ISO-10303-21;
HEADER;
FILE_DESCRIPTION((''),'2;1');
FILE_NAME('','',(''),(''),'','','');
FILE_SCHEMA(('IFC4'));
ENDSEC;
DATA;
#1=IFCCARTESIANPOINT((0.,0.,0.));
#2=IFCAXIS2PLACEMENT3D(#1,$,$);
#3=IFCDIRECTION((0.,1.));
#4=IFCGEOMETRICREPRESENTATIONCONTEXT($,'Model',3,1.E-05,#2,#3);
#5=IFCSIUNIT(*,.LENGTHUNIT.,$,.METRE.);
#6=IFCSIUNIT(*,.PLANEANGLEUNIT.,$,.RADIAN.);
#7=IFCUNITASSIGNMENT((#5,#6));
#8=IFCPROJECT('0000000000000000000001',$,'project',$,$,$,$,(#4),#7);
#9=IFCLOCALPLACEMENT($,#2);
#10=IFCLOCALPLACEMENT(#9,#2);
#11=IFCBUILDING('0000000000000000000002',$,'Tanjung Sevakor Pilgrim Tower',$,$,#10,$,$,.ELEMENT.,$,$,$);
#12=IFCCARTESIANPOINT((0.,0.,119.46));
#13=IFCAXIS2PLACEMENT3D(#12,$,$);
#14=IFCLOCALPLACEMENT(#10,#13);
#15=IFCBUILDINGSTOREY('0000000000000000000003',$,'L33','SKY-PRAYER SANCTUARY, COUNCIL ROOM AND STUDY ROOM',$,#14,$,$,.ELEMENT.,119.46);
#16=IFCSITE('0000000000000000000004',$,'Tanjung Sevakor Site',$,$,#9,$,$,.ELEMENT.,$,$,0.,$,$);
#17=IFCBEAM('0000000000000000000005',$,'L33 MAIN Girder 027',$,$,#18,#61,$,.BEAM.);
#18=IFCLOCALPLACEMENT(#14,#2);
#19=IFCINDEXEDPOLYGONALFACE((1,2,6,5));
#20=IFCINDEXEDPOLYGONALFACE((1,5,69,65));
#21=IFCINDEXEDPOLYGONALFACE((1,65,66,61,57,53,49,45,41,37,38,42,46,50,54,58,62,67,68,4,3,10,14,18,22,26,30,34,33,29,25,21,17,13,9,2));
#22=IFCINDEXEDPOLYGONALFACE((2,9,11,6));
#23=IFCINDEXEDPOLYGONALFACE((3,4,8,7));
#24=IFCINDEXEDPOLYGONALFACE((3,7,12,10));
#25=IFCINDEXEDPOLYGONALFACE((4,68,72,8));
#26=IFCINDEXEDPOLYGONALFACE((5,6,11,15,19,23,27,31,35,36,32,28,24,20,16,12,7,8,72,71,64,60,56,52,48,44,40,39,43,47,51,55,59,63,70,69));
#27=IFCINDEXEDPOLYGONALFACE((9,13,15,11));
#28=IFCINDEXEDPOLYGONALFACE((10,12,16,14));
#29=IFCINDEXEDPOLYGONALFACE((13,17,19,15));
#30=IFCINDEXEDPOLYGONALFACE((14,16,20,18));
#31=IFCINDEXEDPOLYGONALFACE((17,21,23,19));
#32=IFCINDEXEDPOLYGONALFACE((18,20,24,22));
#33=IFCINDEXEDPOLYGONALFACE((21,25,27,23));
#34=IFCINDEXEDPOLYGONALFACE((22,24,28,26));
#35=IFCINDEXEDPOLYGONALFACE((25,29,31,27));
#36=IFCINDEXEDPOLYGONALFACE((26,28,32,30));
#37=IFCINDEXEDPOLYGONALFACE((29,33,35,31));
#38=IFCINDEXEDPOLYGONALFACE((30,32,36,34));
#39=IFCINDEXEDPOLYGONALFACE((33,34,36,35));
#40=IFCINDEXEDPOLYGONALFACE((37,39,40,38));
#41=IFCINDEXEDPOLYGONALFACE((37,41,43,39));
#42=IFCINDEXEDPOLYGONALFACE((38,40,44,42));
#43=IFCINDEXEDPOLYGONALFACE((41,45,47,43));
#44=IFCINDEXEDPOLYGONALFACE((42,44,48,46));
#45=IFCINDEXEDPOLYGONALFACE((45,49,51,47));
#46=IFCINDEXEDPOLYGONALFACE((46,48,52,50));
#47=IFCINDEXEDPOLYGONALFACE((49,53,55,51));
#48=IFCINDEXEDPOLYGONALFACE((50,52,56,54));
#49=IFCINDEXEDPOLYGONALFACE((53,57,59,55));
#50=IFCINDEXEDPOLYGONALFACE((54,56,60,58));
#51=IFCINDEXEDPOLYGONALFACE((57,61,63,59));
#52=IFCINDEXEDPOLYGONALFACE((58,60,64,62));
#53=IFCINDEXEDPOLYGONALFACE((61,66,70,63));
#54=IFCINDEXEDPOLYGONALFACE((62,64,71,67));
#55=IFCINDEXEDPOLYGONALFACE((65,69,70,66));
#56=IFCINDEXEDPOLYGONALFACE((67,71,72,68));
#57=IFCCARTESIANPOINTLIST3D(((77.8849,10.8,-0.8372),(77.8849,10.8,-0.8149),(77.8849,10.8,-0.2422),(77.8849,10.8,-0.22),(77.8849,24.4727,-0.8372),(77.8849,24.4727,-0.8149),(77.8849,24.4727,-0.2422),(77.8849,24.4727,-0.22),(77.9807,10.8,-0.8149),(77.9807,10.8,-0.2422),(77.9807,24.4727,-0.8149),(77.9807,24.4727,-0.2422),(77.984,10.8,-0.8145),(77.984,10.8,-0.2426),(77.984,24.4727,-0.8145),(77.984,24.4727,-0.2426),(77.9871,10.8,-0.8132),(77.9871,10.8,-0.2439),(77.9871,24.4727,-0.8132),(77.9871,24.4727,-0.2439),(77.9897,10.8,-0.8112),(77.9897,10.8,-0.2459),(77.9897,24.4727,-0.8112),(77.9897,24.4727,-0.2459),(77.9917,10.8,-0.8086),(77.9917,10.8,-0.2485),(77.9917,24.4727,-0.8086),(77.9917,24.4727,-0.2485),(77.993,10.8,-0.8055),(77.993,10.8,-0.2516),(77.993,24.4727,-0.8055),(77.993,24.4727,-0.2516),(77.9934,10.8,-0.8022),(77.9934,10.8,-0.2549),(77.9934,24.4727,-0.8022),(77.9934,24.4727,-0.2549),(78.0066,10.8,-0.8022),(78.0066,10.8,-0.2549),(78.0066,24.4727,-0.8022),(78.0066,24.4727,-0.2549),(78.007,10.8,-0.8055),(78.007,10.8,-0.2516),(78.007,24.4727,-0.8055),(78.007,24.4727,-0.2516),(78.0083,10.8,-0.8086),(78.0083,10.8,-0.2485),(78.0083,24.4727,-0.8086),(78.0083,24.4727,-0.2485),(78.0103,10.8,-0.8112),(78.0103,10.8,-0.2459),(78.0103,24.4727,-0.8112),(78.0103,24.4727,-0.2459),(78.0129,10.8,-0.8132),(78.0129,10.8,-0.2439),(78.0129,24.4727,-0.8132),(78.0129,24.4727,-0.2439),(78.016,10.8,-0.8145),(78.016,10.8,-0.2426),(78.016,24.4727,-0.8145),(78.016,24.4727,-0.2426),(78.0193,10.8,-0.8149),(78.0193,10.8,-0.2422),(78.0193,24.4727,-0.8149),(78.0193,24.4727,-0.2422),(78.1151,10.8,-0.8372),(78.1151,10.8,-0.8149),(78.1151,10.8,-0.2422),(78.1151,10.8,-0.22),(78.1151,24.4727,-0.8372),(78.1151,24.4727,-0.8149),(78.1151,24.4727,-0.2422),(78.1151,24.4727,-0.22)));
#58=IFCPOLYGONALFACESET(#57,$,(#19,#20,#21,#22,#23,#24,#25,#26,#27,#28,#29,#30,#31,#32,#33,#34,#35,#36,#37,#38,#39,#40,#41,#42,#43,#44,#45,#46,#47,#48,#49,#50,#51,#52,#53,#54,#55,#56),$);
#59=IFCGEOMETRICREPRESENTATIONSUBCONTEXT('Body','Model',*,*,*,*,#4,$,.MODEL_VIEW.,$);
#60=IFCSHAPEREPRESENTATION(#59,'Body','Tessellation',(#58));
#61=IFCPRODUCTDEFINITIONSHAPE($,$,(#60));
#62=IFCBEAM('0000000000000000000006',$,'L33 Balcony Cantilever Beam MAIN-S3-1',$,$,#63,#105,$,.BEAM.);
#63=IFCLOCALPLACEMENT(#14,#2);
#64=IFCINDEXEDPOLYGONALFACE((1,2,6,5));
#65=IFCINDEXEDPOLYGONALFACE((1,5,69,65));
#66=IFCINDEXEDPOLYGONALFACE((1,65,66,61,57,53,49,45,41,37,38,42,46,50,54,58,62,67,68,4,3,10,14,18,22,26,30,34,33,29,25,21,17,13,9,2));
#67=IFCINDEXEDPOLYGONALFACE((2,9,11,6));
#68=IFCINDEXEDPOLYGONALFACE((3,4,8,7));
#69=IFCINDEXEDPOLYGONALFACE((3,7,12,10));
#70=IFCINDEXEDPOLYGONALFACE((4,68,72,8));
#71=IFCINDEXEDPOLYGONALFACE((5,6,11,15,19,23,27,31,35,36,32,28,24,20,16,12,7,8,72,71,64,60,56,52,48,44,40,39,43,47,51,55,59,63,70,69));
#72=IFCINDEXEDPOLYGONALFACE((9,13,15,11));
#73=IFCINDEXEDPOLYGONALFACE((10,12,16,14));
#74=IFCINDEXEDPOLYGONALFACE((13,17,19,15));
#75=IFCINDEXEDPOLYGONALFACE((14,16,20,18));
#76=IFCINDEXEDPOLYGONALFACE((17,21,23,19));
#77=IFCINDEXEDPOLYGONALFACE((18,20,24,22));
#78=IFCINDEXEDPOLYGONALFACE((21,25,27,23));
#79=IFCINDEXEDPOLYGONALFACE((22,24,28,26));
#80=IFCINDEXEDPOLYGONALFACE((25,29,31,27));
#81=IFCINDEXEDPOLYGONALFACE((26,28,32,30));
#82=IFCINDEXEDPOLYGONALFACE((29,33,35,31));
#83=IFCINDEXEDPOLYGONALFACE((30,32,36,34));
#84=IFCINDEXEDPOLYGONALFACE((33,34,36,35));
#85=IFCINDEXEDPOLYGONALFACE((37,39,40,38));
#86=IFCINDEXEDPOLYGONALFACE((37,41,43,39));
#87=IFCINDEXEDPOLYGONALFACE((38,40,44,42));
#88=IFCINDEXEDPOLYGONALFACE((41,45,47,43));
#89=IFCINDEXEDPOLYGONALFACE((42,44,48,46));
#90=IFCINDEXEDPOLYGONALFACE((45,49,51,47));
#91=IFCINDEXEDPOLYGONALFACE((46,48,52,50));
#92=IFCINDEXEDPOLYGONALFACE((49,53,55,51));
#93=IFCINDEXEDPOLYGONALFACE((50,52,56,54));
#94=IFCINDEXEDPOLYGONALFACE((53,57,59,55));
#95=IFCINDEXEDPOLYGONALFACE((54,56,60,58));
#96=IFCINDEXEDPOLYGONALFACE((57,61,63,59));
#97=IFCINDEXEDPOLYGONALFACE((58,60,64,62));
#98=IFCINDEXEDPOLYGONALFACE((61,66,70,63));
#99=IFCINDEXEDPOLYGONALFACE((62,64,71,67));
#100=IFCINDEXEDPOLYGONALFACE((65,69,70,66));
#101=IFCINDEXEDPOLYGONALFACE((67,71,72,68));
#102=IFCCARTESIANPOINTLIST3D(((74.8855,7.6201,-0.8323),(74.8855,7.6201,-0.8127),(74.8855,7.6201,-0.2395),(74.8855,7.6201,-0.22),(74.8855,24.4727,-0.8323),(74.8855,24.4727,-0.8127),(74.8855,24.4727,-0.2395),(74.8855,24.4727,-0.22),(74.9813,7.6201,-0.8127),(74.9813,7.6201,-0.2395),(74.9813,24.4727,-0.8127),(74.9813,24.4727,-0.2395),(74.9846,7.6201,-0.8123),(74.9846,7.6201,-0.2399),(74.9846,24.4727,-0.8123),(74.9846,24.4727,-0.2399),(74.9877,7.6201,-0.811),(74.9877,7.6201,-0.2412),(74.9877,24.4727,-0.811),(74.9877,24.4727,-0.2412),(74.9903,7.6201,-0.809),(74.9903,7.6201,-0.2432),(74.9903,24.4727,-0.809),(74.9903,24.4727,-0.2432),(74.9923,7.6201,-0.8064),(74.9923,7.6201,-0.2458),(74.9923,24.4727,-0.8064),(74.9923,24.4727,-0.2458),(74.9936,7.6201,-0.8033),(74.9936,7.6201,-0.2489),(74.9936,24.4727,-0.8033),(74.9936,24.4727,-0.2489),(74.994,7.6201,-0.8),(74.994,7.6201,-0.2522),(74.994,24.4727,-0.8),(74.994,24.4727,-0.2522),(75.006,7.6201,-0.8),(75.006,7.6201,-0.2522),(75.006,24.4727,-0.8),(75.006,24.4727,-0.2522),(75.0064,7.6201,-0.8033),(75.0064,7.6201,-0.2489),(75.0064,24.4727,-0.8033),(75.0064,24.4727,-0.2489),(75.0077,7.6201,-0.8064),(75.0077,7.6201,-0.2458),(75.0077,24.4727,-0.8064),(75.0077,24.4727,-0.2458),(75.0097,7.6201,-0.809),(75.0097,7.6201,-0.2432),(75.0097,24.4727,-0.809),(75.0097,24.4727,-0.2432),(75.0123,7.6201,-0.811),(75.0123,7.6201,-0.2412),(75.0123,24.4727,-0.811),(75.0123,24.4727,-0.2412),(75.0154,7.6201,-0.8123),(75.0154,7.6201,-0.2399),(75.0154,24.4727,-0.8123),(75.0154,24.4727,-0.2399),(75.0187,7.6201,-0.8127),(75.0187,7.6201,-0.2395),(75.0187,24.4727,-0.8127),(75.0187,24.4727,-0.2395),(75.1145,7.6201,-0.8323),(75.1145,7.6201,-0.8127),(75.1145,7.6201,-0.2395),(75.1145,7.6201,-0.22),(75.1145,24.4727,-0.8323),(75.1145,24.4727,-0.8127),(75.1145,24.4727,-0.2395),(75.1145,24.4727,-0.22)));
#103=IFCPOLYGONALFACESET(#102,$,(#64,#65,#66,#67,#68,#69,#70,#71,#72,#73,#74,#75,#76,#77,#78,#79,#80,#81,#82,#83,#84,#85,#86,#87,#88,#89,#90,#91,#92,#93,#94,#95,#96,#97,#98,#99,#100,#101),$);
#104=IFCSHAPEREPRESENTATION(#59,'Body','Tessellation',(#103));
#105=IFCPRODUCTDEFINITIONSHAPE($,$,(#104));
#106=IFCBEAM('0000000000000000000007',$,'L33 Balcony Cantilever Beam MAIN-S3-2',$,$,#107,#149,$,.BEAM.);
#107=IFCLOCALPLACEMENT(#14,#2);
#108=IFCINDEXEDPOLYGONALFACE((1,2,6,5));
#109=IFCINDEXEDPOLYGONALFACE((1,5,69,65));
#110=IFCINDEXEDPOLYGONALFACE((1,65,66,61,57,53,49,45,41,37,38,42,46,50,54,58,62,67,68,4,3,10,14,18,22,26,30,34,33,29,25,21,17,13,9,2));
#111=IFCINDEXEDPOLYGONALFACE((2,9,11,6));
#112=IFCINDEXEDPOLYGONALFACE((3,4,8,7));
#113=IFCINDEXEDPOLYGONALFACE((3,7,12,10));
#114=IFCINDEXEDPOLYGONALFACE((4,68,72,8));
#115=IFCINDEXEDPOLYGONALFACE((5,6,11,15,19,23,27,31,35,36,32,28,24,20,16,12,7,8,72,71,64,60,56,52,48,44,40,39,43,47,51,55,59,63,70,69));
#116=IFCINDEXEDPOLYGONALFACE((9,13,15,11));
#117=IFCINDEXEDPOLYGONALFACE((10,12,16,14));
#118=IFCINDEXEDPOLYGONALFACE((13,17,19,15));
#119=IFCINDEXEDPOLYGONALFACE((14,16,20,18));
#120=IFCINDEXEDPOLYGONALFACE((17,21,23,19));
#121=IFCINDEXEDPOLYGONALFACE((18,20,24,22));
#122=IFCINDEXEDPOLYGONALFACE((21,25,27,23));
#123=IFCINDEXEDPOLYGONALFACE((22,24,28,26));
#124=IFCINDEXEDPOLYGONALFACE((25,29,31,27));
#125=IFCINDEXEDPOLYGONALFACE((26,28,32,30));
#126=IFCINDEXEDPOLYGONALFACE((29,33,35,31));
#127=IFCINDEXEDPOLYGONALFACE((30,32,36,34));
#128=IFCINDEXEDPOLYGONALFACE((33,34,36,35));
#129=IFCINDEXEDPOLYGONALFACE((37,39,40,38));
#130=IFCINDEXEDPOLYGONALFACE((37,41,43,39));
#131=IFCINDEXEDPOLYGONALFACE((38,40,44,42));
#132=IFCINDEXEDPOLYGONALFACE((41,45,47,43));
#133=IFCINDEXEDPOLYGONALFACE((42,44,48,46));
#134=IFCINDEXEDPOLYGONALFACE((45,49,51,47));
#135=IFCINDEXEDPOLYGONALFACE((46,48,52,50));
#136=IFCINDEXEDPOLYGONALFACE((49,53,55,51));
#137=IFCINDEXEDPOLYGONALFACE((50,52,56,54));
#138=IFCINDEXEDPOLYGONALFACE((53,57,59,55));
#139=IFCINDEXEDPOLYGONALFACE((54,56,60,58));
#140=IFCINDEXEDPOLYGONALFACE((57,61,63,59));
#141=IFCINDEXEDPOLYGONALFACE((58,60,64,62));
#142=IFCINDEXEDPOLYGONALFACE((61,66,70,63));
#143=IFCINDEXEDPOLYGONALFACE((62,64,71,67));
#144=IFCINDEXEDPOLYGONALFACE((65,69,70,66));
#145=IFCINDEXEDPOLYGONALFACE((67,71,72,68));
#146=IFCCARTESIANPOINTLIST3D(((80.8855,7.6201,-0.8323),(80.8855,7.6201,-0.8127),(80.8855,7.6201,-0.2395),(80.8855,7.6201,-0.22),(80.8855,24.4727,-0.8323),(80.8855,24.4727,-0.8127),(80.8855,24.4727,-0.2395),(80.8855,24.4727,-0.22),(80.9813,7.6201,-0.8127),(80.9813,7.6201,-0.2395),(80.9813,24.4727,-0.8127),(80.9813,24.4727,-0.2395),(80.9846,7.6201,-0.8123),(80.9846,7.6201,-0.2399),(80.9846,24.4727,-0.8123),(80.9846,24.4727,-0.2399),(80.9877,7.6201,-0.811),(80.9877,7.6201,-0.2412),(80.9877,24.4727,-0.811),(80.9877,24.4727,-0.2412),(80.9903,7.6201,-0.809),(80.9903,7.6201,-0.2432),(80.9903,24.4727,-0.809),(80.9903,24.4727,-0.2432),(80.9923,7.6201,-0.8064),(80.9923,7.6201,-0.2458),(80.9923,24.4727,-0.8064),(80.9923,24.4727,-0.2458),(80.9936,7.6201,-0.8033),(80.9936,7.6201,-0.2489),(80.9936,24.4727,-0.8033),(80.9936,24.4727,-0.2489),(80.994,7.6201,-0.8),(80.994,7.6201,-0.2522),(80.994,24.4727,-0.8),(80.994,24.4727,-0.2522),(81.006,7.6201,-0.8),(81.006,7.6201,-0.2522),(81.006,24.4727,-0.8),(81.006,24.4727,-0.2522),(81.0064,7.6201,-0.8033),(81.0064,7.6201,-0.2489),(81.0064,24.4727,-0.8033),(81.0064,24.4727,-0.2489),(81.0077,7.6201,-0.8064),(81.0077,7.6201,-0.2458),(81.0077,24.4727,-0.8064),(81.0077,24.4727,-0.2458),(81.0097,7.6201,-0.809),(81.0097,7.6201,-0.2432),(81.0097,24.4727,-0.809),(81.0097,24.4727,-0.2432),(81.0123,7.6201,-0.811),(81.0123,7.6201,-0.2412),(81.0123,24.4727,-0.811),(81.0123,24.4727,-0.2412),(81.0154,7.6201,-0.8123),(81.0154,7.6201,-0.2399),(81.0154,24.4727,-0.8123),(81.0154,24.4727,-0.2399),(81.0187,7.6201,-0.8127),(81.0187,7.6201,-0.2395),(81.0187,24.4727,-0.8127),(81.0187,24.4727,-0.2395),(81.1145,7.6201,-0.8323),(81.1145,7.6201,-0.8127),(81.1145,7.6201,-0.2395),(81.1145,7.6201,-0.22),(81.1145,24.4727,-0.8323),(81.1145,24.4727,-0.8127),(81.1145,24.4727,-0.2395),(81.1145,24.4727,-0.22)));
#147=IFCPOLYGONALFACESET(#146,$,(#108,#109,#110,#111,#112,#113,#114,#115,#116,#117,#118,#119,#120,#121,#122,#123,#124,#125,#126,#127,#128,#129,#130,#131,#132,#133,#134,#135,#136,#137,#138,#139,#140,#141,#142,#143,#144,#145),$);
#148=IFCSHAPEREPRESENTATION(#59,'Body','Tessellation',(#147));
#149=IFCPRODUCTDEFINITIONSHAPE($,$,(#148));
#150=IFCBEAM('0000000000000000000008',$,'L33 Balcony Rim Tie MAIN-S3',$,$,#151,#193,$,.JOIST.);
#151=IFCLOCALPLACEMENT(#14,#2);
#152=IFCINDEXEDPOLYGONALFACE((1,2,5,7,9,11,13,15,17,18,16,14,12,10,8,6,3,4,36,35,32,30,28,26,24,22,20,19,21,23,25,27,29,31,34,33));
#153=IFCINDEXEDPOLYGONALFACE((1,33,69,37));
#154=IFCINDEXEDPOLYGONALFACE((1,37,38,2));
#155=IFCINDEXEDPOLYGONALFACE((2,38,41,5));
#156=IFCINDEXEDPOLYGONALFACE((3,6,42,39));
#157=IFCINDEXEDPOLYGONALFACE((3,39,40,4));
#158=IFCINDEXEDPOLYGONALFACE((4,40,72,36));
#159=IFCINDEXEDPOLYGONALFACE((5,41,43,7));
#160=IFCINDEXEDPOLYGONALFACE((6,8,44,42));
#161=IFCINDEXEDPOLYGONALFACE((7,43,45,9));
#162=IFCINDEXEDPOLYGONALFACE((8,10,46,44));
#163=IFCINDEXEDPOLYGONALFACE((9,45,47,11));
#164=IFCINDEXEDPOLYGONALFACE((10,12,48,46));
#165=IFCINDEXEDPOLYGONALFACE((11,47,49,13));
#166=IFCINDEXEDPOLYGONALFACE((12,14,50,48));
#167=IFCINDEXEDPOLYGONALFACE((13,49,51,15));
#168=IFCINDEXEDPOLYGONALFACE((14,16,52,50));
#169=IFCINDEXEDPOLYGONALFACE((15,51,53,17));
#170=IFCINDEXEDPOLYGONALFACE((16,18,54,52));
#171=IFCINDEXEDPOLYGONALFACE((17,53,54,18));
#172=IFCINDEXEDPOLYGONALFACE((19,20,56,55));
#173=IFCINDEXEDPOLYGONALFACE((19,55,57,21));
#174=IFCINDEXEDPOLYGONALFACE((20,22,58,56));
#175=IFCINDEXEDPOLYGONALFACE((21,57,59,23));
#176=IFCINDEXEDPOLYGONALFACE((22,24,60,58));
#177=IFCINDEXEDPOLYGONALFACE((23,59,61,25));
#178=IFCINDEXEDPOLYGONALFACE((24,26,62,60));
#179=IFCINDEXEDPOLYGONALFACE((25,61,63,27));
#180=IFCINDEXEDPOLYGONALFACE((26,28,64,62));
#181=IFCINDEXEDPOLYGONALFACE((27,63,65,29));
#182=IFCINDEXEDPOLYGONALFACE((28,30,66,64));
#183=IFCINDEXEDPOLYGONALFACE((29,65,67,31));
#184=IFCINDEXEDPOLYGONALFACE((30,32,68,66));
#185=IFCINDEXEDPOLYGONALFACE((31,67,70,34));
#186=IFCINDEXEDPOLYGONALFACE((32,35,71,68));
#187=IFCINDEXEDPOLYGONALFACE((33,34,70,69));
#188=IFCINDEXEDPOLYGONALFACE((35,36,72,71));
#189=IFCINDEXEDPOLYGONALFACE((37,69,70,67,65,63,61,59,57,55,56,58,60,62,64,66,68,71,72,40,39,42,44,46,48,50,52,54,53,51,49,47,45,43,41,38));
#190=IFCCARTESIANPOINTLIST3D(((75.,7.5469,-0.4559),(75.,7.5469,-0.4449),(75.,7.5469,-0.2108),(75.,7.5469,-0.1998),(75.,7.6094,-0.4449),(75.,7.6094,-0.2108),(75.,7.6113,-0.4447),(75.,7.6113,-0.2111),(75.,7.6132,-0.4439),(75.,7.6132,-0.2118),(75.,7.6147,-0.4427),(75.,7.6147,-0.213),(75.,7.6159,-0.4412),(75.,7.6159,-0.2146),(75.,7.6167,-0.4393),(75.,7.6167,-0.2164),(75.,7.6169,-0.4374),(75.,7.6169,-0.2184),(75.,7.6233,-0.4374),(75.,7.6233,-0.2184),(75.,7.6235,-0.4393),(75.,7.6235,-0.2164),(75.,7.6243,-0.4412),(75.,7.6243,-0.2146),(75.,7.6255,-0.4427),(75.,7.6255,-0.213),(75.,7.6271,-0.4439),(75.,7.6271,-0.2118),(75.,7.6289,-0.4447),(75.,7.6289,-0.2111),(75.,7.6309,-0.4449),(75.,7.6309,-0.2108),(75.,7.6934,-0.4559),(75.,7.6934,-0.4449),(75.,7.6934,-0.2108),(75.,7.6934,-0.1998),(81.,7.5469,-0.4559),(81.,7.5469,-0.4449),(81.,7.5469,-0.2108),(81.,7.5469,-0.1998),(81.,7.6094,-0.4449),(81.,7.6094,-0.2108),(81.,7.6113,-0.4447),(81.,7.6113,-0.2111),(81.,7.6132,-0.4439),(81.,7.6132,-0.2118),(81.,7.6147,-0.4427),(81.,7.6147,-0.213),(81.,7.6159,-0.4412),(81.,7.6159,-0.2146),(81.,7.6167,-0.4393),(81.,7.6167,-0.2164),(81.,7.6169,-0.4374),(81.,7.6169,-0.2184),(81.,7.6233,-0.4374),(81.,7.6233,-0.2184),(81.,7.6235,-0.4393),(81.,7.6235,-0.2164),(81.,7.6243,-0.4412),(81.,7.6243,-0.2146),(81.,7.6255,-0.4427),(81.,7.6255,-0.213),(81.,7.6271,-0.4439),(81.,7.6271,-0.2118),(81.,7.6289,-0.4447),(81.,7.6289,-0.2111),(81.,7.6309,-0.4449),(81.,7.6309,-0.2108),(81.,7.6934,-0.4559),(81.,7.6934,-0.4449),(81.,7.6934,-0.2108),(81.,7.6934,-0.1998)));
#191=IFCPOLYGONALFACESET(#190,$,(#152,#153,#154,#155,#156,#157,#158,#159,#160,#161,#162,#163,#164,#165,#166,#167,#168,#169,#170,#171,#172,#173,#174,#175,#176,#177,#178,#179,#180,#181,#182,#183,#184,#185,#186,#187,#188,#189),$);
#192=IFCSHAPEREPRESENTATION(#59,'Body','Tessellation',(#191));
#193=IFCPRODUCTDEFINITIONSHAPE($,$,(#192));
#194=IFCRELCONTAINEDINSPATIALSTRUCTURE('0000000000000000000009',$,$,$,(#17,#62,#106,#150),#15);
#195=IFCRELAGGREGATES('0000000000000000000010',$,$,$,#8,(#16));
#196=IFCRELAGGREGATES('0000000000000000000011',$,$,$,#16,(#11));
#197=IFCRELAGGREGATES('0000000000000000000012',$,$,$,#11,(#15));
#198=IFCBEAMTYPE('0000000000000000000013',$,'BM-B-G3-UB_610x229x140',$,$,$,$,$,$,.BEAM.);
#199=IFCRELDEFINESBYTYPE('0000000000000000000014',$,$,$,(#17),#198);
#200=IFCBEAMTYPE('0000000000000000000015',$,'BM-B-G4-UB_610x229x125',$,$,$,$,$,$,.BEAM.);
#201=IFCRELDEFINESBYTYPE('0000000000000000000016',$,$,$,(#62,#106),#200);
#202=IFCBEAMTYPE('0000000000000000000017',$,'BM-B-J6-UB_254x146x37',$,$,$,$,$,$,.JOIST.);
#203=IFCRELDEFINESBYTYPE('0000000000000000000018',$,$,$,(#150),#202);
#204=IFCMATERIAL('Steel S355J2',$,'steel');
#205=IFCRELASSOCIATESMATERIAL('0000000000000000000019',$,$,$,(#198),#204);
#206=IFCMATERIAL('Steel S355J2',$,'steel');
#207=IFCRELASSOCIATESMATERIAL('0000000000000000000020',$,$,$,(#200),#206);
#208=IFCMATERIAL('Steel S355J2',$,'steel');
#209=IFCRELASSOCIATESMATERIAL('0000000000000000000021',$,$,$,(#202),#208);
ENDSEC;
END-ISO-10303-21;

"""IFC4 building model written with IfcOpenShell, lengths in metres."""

from ifc_helpers import new_model, si_unit, direction, frame, origin, origin_2d, place, context, subcontext, project, spatial, i_section, extrude, material, material_profile, profile_set, type_object, element, save


model = new_model("IFC4")

# Units and contexts
model_context = context("Model", 3, precision=1e-05, world=origin(), true_north=direction((0.0, 1.0)))
body_context = subcontext(model_context, "Body", "Model", "MODEL_VIEW")
ifc_project = project(units=[si_unit("LENGTHUNIT", "METRE"), si_unit("PLANEANGLEUNIT", "RADIAN")], contexts=[model_context])

# Site, building, storey
site_placement = place(None, origin())
site = spatial("IfcSite", under=ifc_project, at=site_placement, Name="Tanjung Sevakor Site", CompositionType="ELEMENT", RefElevation=0.0)
building_placement = place(site_placement, origin())
building = spatial("IfcBuilding", under=site, at=building_placement, Name="Tanjung Sevakor Pilgrim Tower", CompositionType="ELEMENT")
storey_placement = place(building_placement, frame((0.0, 0.0, 119.46)))
storey = spatial("IfcBuildingStorey", under=building, at=storey_placement, Name="L33", Description="SKY-PRAYER SANCTUARY, COUNCIL ROOM AND STUDY ROOM", CompositionType="ELEMENT", Elevation=119.46)

# Beams
ifc_material_1 = material(Name="Steel S355J2", Category="steel")
ifc_material_profile_1 = material_profile(ifc_material_1, i_section(OverallWidth=0.2302, OverallDepth=0.6172, WebThickness=0.0132, FlangeThickness=0.0222, FilletRadius=0.0127, at=origin_2d()))
ifc_profile_set_1 = profile_set([ifc_material_profile_1], Name="Steel S355J2")
beam_type_1 = type_object("IfcBeamType", Name="BM-B-G3-UB_610x229x140", PredefinedType="BEAM", material=ifc_profile_set_1)
beam_1_placement = place(storey_placement, frame((78.0, 10.8, -0.5286), z_axis=(0.0, 1.0, 0.0), x_axis=(-1.0, 0.0, 0.0)))
element("IfcBeam", 1, at=beam_1_placement, inside=storey, type_object=beam_type_1, Name="L33 MAIN Girder 027", PredefinedType="BEAM", context=body_context, shape_type="SweptSolid", body=[
    extrude(i_section(OverallWidth=0.2302, OverallDepth=0.6172, WebThickness=0.0132, FlangeThickness=0.0222, FilletRadius=0.0127, at=origin_2d()), origin(), (0.0, 0.0, 1.0), 13.6726),
])
ifc_material_2 = material(Name="Steel S355J2", Category="steel")
ifc_material_profile_2 = material_profile(ifc_material_2, i_section(OverallWidth=0.229, OverallDepth=0.6123, WebThickness=0.012, FlangeThickness=0.0195, FilletRadius=0.0127, at=origin_2d()))
ifc_profile_set_2 = profile_set([ifc_material_profile_2], Name="Steel S355J2")
beam_type_2 = type_object("IfcBeamType", Name="BM-B-G4-UB_610x229x125", PredefinedType="BEAM", material=ifc_profile_set_2)
for number, where, z_axis, x_axis, name in (
    (2, (75.0, 24.4727, -0.5261), (0.0, -1.0, 0.0), (1.0, 0.0, 0.0), "L33 Balcony Cantilever Beam MAIN-S3-1"),
    (3, (81.0, 24.4727, -0.5261), (0.0, -1.0, 0.0), (1.0, 0.0, 0.0), "L33 Balcony Cantilever Beam MAIN-S3-2"),
):
    element("IfcBeam", number, at=place(storey_placement, frame(where, z_axis=z_axis, x_axis=x_axis)), inside=storey, type_object=beam_type_2, Name=name, PredefinedType="BEAM", context=body_context, shape_type="SweptSolid", body=[
        extrude(i_section(OverallWidth=0.229, OverallDepth=0.6123, WebThickness=0.012, FlangeThickness=0.0195, FilletRadius=0.0127, at=origin_2d()), origin(), (0.0, 0.0, 1.0), 16.8525),
    ])
ifc_material_3 = material(Name="Steel S355J2", Category="steel")
ifc_material_profile_3 = material_profile(ifc_material_3, i_section(OverallWidth=0.1465, OverallDepth=0.2561, WebThickness=0.0063, FlangeThickness=0.011, FilletRadius=0.0076, at=origin_2d()))
ifc_profile_set_3 = profile_set([ifc_material_profile_3], Name="Steel S355J2")
beam_type_3 = type_object("IfcBeamType", Name="BM-B-J6-UB_254x146x37", PredefinedType="JOIST", material=ifc_profile_set_3)
beam_2_placement = place(storey_placement, frame((75.0, 7.6201, -0.3279), z_axis=(1.0, 0.0, 0.0), x_axis=(0.0, 1.0, 0.0)))
element("IfcBeam", 4, at=beam_2_placement, inside=storey, type_object=beam_type_3, Name="L33 Balcony Rim Tie MAIN-S3", PredefinedType="JOIST", context=body_context, shape_type="SweptSolid", body=[
    extrude(i_section(OverallWidth=0.1465, OverallDepth=0.2561, WebThickness=0.0063, FlangeThickness=0.011, FilletRadius=0.0076, at=origin_2d()), origin(), (0.0, 0.0, 1.0), 6.0),
])

save(model, "model.ifc")
